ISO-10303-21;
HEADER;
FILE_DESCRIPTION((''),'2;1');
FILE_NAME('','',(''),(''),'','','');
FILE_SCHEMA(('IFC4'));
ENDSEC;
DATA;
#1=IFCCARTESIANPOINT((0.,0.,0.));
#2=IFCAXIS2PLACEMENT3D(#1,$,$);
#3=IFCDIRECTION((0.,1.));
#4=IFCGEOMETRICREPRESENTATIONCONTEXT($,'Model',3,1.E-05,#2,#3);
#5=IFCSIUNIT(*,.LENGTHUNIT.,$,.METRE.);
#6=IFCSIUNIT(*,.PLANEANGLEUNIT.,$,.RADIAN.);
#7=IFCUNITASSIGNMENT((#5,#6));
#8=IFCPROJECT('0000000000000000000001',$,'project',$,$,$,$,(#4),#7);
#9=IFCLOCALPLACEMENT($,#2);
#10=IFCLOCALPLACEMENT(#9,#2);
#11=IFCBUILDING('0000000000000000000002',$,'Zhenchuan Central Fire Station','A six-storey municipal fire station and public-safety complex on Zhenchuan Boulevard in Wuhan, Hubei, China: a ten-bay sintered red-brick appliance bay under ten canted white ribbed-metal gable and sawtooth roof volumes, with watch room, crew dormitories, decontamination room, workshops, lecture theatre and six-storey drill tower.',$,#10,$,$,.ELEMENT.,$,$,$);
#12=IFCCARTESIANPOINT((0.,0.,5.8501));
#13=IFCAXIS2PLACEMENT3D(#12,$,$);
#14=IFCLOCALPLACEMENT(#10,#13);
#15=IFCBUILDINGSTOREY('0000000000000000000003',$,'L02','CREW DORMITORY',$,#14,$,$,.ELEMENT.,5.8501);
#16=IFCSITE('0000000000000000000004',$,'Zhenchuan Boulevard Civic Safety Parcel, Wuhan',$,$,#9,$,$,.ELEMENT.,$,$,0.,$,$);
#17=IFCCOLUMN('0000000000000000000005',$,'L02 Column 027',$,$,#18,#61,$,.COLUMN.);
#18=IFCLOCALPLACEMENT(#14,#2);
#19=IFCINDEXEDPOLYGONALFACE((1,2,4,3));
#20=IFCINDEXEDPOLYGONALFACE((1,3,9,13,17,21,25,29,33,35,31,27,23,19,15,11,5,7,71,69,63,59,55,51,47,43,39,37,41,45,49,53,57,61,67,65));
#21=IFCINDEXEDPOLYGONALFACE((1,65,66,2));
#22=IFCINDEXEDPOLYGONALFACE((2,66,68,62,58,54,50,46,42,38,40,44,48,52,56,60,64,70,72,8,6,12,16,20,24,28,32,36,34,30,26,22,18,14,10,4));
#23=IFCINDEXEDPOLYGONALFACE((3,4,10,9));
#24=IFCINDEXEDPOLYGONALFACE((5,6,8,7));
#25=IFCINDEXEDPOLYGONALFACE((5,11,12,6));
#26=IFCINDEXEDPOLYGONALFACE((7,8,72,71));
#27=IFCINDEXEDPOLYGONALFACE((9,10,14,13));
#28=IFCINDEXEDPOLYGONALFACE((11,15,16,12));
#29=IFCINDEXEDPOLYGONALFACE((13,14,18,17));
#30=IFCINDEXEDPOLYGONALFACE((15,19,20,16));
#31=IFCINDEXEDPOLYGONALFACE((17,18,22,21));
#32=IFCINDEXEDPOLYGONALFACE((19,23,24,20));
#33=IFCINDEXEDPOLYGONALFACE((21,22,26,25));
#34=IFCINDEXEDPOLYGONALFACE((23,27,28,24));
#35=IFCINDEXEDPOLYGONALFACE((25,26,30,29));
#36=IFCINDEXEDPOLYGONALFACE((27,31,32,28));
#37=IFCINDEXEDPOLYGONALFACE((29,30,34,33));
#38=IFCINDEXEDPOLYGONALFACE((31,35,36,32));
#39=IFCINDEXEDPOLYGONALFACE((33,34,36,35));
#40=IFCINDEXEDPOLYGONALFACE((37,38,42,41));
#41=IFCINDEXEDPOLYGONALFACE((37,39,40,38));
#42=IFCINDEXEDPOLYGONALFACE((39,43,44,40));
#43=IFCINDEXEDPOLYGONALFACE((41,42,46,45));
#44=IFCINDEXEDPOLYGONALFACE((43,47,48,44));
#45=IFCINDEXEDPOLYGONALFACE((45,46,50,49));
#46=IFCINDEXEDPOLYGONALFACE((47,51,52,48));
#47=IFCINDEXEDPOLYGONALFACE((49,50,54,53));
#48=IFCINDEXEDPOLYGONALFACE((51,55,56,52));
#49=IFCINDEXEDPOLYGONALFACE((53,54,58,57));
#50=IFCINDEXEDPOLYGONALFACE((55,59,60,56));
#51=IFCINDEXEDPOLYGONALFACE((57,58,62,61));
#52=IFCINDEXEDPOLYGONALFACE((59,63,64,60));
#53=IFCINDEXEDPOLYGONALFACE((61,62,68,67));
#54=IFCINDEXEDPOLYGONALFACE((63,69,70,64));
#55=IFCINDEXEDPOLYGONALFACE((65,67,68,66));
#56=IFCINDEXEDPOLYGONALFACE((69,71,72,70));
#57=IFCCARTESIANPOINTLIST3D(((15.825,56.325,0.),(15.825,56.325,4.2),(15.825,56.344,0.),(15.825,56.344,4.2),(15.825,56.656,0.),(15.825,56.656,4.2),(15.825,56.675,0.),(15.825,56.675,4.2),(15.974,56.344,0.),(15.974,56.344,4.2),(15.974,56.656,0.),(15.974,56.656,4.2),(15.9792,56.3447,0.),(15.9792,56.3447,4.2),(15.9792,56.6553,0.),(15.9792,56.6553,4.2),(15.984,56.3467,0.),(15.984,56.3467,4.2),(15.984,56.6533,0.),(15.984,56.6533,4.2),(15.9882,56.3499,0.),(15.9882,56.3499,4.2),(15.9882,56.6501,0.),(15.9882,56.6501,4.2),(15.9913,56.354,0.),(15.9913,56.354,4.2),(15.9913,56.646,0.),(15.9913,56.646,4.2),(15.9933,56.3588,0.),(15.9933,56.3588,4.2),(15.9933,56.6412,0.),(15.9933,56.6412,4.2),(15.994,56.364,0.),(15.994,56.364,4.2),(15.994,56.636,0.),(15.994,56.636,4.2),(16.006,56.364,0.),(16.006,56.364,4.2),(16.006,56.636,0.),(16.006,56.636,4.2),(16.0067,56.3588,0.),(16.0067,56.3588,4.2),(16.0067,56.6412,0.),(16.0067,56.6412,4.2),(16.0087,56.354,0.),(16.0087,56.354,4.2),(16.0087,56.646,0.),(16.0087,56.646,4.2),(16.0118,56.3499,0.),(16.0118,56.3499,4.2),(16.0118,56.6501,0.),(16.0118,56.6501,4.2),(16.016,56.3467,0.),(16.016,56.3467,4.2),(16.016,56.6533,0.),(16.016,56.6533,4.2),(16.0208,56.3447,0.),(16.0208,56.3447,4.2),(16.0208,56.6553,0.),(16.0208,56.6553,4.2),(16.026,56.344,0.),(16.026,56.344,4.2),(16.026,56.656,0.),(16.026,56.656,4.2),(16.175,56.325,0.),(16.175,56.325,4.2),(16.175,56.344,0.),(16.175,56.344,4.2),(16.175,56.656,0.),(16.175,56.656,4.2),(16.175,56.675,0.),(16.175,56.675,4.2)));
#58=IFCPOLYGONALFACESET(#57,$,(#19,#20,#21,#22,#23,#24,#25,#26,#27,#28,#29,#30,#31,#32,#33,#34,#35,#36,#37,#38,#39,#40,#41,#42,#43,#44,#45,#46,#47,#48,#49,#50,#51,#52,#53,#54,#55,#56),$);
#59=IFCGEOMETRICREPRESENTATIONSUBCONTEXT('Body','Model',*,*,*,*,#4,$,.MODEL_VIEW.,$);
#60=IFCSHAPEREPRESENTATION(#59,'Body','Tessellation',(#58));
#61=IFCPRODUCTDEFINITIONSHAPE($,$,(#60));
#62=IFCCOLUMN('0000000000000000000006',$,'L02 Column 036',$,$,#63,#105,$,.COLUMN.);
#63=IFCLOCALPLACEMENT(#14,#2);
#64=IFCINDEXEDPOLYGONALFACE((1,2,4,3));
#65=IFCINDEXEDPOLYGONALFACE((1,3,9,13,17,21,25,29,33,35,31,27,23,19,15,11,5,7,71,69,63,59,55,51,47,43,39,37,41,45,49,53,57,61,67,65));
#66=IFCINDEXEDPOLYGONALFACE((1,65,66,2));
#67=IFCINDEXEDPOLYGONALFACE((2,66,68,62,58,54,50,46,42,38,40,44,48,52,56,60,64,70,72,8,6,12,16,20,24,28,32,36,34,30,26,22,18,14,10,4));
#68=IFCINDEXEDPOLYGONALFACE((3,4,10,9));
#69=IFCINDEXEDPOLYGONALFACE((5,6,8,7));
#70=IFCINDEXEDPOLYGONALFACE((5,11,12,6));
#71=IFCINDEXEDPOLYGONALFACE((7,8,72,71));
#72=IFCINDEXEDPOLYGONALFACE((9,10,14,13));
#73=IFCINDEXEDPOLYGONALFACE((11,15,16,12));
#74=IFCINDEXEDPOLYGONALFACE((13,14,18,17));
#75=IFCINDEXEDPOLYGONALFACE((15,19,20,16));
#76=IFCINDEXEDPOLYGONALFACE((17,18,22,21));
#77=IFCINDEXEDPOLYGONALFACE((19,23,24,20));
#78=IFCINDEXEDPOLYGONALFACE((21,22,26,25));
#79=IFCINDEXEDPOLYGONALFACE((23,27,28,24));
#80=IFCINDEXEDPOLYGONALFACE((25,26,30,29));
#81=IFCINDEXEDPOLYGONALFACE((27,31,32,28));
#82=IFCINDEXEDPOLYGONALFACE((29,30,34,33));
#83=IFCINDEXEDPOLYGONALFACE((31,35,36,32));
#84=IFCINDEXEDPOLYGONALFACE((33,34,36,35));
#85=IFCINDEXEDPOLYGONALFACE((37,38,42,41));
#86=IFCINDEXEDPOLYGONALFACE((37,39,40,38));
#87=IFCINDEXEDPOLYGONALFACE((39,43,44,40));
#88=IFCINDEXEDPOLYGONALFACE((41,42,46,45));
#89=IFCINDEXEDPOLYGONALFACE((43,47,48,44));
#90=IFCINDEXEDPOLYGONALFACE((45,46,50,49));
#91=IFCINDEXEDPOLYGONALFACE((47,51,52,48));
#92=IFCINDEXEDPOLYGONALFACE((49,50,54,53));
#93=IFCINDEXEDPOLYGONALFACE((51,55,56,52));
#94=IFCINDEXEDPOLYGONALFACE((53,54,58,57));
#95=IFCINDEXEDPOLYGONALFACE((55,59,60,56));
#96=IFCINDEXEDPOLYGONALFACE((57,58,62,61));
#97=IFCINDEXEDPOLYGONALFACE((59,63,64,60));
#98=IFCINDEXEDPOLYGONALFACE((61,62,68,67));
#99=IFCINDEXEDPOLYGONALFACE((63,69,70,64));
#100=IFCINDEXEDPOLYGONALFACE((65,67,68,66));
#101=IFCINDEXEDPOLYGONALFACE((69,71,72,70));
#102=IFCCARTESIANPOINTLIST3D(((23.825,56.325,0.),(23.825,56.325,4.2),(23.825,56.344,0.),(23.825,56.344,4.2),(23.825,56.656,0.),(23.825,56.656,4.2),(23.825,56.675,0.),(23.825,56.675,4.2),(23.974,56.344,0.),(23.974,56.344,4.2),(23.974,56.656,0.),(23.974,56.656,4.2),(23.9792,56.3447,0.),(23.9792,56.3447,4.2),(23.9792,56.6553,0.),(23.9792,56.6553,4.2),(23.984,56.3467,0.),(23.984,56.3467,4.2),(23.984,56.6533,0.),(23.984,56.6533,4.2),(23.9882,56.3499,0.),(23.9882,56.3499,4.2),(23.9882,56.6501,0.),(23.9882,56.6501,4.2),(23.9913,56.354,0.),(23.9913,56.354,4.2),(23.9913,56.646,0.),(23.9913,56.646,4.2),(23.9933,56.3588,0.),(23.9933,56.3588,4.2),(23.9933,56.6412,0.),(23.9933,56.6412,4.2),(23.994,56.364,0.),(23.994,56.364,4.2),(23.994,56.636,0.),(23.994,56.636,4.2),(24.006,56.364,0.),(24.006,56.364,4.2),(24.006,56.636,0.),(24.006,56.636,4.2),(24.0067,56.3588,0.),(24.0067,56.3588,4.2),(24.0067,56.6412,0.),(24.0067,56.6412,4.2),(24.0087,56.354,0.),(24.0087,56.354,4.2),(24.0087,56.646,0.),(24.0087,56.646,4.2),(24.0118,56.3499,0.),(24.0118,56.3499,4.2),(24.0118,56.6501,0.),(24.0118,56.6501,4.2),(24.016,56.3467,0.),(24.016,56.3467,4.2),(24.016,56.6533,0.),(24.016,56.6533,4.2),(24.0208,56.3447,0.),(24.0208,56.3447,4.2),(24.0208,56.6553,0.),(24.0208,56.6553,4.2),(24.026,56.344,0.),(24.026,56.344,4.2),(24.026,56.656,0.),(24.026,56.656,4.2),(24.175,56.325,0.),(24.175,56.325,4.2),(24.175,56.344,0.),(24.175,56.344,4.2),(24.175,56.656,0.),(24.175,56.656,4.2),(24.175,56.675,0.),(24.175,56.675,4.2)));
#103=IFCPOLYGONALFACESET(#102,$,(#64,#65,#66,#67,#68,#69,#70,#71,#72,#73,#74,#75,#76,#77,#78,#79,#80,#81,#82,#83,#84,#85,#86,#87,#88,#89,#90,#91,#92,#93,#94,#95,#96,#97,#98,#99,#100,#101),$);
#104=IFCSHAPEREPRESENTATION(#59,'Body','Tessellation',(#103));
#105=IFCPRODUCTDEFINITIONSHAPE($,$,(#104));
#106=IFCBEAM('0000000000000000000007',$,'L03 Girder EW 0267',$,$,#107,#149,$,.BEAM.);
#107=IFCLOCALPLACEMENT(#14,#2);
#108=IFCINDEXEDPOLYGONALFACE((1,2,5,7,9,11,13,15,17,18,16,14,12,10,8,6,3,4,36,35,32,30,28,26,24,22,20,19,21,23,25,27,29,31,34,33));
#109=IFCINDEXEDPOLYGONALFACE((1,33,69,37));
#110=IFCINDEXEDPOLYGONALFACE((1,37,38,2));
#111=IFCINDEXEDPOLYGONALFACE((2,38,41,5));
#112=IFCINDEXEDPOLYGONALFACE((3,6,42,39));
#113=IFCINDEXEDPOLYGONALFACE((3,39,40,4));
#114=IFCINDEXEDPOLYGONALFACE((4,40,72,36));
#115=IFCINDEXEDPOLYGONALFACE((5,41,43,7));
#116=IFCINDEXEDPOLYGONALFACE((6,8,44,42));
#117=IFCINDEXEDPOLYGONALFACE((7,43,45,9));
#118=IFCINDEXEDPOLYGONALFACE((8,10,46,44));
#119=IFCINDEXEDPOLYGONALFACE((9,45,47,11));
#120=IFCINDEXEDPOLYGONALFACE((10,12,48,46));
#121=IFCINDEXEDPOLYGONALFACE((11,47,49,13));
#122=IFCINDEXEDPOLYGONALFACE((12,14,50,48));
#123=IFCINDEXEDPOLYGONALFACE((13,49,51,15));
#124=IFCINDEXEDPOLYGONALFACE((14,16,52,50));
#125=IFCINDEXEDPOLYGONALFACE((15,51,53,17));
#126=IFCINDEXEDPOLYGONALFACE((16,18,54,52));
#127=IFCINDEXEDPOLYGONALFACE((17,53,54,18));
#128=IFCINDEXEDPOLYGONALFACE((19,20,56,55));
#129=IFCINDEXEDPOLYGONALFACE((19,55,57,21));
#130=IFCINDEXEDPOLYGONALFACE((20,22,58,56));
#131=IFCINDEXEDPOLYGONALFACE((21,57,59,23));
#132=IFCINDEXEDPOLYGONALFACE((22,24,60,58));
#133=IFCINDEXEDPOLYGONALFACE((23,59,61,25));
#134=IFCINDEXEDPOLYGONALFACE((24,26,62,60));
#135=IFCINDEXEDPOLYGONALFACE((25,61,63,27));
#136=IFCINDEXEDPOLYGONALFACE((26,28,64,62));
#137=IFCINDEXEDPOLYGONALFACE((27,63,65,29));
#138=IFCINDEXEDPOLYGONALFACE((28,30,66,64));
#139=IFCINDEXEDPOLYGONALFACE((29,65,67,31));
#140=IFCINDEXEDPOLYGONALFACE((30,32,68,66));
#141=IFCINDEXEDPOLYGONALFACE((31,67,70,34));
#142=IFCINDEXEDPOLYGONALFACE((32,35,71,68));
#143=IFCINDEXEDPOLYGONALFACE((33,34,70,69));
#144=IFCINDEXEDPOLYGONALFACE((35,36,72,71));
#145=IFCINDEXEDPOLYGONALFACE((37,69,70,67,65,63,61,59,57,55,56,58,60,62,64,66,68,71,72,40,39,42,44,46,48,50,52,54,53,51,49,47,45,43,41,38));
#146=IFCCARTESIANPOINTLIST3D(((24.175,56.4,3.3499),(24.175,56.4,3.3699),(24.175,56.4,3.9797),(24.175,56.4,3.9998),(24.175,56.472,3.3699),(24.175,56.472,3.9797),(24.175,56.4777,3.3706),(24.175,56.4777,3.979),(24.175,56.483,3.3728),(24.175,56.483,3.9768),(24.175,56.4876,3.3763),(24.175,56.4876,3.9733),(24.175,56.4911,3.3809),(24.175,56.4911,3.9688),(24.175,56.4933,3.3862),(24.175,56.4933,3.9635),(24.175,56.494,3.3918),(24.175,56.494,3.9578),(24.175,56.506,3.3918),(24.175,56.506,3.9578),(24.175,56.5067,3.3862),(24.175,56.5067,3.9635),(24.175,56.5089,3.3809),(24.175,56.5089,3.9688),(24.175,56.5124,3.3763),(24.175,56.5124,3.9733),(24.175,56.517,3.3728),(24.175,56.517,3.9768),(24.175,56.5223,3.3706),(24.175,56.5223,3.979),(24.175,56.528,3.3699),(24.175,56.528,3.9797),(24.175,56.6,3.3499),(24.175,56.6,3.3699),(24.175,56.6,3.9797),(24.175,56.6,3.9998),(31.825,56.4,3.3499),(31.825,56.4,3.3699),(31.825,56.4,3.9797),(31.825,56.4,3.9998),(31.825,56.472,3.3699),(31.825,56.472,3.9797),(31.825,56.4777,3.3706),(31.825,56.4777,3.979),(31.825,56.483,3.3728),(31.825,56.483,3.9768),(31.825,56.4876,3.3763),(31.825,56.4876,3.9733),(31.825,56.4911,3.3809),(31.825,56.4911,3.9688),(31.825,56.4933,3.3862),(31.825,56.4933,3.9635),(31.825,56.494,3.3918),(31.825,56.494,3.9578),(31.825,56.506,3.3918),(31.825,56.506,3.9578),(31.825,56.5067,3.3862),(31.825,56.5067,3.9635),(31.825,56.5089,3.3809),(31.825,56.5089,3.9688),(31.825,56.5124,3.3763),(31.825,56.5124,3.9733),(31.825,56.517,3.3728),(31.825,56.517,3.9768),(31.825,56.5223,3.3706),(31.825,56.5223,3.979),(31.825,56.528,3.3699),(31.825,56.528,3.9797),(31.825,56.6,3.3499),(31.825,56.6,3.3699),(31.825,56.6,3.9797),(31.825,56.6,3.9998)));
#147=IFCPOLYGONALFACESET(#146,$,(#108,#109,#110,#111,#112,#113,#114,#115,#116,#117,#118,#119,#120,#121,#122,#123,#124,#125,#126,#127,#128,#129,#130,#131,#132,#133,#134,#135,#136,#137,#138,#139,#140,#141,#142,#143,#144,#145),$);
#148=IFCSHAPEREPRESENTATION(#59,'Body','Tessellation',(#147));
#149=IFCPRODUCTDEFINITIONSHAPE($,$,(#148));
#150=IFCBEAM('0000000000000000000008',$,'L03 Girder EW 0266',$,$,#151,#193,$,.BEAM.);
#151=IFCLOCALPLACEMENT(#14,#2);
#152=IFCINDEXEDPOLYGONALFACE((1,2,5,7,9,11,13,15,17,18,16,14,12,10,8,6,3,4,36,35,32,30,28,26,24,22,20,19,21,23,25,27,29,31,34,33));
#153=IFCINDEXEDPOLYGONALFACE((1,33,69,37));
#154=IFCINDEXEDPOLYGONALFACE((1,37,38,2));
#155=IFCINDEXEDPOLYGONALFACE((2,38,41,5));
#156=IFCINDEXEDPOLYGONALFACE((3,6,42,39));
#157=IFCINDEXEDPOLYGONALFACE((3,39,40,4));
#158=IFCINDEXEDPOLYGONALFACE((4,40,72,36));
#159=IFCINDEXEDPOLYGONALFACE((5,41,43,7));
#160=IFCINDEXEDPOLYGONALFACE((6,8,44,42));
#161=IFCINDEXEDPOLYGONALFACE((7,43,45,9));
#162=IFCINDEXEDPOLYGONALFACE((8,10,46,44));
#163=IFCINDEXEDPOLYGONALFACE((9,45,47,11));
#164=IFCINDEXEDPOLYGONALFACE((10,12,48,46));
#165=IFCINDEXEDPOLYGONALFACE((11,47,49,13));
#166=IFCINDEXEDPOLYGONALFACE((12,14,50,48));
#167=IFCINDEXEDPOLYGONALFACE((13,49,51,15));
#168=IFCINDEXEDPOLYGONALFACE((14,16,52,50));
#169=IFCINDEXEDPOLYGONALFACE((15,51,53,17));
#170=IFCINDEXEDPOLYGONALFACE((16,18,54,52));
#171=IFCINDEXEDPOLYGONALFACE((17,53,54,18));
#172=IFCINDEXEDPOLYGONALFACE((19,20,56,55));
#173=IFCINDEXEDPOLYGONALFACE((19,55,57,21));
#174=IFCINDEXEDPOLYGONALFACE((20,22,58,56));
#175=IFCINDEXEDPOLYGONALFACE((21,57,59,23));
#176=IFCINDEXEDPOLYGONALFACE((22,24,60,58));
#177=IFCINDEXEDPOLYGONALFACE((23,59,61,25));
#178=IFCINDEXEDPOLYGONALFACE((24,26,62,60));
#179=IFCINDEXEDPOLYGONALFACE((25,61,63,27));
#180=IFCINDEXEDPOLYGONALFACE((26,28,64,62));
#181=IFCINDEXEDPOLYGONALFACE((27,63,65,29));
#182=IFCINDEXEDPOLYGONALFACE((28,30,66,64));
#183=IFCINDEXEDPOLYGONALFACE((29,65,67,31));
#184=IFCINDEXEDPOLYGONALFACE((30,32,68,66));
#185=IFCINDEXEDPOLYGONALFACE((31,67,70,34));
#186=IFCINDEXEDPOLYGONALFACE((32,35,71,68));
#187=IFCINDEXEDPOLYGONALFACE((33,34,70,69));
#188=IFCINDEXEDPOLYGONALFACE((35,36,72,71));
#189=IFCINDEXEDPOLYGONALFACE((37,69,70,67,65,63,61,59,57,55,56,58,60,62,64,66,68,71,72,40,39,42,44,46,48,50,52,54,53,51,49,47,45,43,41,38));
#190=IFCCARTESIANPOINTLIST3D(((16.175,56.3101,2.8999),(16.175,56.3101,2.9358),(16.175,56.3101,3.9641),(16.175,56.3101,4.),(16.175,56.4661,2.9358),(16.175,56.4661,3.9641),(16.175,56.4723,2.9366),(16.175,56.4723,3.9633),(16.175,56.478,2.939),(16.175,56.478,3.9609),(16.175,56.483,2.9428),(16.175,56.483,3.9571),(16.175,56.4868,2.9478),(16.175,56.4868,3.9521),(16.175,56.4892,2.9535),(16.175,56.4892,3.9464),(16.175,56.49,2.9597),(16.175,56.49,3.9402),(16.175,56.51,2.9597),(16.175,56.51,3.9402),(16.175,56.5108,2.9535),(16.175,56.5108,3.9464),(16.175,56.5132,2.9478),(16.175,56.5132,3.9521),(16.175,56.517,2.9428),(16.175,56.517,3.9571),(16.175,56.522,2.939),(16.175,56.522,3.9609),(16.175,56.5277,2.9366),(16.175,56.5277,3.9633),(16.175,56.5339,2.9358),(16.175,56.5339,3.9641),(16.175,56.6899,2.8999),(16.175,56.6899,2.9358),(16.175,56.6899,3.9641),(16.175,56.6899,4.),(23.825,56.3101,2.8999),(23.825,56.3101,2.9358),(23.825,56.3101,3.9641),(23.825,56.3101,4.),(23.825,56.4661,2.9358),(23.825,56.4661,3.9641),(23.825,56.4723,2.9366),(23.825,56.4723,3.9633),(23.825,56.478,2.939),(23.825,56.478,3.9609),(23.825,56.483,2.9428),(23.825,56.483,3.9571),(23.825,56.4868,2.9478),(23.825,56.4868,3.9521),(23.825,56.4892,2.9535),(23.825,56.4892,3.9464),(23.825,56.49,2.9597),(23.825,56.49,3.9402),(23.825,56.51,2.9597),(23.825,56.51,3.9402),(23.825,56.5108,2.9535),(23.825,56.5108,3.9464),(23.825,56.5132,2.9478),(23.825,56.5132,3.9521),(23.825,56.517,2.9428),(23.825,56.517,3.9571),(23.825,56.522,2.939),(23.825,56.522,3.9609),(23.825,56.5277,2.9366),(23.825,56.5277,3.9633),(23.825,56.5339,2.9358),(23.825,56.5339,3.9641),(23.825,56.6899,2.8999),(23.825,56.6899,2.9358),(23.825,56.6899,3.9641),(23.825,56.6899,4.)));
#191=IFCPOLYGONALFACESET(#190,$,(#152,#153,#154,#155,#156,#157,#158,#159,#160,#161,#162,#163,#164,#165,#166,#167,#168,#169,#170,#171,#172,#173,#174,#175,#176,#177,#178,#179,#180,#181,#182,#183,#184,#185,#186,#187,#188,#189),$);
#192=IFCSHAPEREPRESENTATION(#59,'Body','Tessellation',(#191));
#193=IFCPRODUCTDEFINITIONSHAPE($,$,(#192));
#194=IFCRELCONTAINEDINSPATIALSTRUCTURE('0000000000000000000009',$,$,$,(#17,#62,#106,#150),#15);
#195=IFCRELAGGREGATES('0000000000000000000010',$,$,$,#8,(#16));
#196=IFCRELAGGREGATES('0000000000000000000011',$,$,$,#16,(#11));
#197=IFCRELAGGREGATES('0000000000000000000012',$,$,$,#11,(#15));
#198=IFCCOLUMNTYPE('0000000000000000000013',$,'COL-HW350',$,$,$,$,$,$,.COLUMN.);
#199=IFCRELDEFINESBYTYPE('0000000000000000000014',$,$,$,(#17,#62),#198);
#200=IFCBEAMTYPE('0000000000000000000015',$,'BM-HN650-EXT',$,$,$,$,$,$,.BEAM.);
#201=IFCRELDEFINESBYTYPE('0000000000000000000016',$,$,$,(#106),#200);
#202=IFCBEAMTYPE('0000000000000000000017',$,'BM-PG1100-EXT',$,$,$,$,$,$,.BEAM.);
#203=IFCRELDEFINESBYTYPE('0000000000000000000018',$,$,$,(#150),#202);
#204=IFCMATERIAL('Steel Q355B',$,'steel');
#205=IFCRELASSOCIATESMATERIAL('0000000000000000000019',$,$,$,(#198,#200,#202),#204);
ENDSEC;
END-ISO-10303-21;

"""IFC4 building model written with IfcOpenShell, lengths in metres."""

from ifc_helpers import new_model, si_unit, direction, frame, origin, origin_2d, place, context, subcontext, project, spatial, i_section, extrude, material, material_profile, profile_set, type_object, element, save


model = new_model("IFC4")

# Units and contexts
model_context = context("Model", 3, precision=1e-05, world=origin(), true_north=direction((0.0, 1.0)))
body_context = subcontext(model_context, "Body", "Model", "MODEL_VIEW")
ifc_project = project(units=[si_unit("LENGTHUNIT", "METRE"), si_unit("PLANEANGLEUNIT", "RADIAN")], contexts=[model_context])

# Site, building, storey
site_placement = place(None, origin())
site = spatial("IfcSite", under=ifc_project, at=site_placement, Name="Zhenchuan Boulevard Civic Safety Parcel, Wuhan", CompositionType="ELEMENT", RefElevation=0.0)
building_placement = place(site_placement, origin())
building = spatial("IfcBuilding", under=site, at=building_placement, Name="Zhenchuan Central Fire Station", Description="A six-storey municipal fire station and public-safety complex on Zhenchuan Boulevard in Wuhan, Hubei, China: a ten-bay sintered red-brick appliance bay under ten canted white ribbed-metal gable and sawtooth roof volumes, with watch room, crew dormitories, decontamination room, workshops, lecture theatre and six-storey drill tower.", CompositionType="ELEMENT")
storey_placement = place(building_placement, frame((0.0, 0.0, 5.8501)))
storey = spatial("IfcBuildingStorey", under=building, at=storey_placement, Name="L02", Description="CREW DORMITORY", CompositionType="ELEMENT", Elevation=5.8501)

# Columns
ifc_material_1 = material(Name="Steel Q355B", Category="steel")
ifc_material_profile_1 = material_profile(ifc_material_1, i_section(OverallWidth=0.3501, OverallDepth=0.3501, WebThickness=0.012, FlangeThickness=0.019, FilletRadius=0.02, at=origin_2d()), Name="HW 350x350")
ifc_profile_set_1 = profile_set([ifc_material_profile_1], Name="Steel Q355B")
column_type = type_object("IfcColumnType", Name="COL-HW350", PredefinedType="COLUMN", material=ifc_profile_set_1)
for number, where, z_axis, x_axis, name in (
    (1, (16.0, 56.5, 0.0), (0.0, 0.0, 1.0), (1.0, 0.0, 0.0), "L02 Column 027"),
    (2, (24.0, 56.5, 0.0), (0.0, 0.0, 1.0), (1.0, 0.0, 0.0), "L02 Column 036"),
):
    element("IfcColumn", number, at=place(storey_placement, frame(where, z_axis=z_axis, x_axis=x_axis)), inside=storey, type_object=column_type, Name=name, PredefinedType="COLUMN", context=body_context, shape_type="SweptSolid", body=[
        extrude(i_section(OverallWidth=0.3501, OverallDepth=0.3501, WebThickness=0.012, FlangeThickness=0.019, FilletRadius=0.02, at=origin_2d()), origin(), (0.0, 0.0, 1.0), 4.2),
    ])

# Beams
ifc_material_profile_2 = material_profile(ifc_material_1, i_section(OverallWidth=0.2, OverallDepth=0.6499, WebThickness=0.012, FlangeThickness=0.02, FilletRadius=0.022, at=origin_2d()), Name="HN 650x200")
ifc_profile_set_2 = profile_set([ifc_material_profile_2], Name="Steel Q355B")
beam_type_1 = type_object("IfcBeamType", Name="BM-HN650-EXT", PredefinedType="BEAM", material=ifc_profile_set_2)
beam_1_placement = place(storey_placement, frame((24.175, 56.5, 3.6748), z_axis=(1.0, 0.0, 0.0), x_axis=(0.0, 1.0, 0.0)))
element("IfcBeam", 3, at=beam_1_placement, inside=storey, type_object=beam_type_1, Name="L03 Girder EW 0267", PredefinedType="BEAM", context=body_context, shape_type="SweptSolid", body=[
    extrude(i_section(OverallWidth=0.2, OverallDepth=0.6499, WebThickness=0.012, FlangeThickness=0.02, FilletRadius=0.022, at=origin_2d()), origin(), (0.0, 0.0, 1.0), 7.6499),
])
ifc_material_profile_3 = material_profile(ifc_material_1, i_section(OverallWidth=0.3799, OverallDepth=1.1001, WebThickness=0.02, FlangeThickness=0.0359, FilletRadius=0.0239, at=origin_2d()), Name="PG 1100x380")
ifc_profile_set_3 = profile_set([ifc_material_profile_3], Name="Steel Q355B")
beam_type_2 = type_object("IfcBeamType", Name="BM-PG1100-EXT", PredefinedType="BEAM", material=ifc_profile_set_3)
beam_2_placement = place(storey_placement, frame((16.175, 56.5, 3.45), z_axis=(1.0, 0.0, 0.0), x_axis=(0.0, 1.0, 0.0)))
element("IfcBeam", 4, at=beam_2_placement, inside=storey, type_object=beam_type_2, Name="L03 Girder EW 0266", PredefinedType="BEAM", context=body_context, shape_type="SweptSolid", body=[
    extrude(i_section(OverallWidth=0.3799, OverallDepth=1.1001, WebThickness=0.02, FlangeThickness=0.0359, FilletRadius=0.0239, at=origin_2d()), origin(), (0.0, 0.0, 1.0), 7.6499),
])

save(model, "model.ifc")
